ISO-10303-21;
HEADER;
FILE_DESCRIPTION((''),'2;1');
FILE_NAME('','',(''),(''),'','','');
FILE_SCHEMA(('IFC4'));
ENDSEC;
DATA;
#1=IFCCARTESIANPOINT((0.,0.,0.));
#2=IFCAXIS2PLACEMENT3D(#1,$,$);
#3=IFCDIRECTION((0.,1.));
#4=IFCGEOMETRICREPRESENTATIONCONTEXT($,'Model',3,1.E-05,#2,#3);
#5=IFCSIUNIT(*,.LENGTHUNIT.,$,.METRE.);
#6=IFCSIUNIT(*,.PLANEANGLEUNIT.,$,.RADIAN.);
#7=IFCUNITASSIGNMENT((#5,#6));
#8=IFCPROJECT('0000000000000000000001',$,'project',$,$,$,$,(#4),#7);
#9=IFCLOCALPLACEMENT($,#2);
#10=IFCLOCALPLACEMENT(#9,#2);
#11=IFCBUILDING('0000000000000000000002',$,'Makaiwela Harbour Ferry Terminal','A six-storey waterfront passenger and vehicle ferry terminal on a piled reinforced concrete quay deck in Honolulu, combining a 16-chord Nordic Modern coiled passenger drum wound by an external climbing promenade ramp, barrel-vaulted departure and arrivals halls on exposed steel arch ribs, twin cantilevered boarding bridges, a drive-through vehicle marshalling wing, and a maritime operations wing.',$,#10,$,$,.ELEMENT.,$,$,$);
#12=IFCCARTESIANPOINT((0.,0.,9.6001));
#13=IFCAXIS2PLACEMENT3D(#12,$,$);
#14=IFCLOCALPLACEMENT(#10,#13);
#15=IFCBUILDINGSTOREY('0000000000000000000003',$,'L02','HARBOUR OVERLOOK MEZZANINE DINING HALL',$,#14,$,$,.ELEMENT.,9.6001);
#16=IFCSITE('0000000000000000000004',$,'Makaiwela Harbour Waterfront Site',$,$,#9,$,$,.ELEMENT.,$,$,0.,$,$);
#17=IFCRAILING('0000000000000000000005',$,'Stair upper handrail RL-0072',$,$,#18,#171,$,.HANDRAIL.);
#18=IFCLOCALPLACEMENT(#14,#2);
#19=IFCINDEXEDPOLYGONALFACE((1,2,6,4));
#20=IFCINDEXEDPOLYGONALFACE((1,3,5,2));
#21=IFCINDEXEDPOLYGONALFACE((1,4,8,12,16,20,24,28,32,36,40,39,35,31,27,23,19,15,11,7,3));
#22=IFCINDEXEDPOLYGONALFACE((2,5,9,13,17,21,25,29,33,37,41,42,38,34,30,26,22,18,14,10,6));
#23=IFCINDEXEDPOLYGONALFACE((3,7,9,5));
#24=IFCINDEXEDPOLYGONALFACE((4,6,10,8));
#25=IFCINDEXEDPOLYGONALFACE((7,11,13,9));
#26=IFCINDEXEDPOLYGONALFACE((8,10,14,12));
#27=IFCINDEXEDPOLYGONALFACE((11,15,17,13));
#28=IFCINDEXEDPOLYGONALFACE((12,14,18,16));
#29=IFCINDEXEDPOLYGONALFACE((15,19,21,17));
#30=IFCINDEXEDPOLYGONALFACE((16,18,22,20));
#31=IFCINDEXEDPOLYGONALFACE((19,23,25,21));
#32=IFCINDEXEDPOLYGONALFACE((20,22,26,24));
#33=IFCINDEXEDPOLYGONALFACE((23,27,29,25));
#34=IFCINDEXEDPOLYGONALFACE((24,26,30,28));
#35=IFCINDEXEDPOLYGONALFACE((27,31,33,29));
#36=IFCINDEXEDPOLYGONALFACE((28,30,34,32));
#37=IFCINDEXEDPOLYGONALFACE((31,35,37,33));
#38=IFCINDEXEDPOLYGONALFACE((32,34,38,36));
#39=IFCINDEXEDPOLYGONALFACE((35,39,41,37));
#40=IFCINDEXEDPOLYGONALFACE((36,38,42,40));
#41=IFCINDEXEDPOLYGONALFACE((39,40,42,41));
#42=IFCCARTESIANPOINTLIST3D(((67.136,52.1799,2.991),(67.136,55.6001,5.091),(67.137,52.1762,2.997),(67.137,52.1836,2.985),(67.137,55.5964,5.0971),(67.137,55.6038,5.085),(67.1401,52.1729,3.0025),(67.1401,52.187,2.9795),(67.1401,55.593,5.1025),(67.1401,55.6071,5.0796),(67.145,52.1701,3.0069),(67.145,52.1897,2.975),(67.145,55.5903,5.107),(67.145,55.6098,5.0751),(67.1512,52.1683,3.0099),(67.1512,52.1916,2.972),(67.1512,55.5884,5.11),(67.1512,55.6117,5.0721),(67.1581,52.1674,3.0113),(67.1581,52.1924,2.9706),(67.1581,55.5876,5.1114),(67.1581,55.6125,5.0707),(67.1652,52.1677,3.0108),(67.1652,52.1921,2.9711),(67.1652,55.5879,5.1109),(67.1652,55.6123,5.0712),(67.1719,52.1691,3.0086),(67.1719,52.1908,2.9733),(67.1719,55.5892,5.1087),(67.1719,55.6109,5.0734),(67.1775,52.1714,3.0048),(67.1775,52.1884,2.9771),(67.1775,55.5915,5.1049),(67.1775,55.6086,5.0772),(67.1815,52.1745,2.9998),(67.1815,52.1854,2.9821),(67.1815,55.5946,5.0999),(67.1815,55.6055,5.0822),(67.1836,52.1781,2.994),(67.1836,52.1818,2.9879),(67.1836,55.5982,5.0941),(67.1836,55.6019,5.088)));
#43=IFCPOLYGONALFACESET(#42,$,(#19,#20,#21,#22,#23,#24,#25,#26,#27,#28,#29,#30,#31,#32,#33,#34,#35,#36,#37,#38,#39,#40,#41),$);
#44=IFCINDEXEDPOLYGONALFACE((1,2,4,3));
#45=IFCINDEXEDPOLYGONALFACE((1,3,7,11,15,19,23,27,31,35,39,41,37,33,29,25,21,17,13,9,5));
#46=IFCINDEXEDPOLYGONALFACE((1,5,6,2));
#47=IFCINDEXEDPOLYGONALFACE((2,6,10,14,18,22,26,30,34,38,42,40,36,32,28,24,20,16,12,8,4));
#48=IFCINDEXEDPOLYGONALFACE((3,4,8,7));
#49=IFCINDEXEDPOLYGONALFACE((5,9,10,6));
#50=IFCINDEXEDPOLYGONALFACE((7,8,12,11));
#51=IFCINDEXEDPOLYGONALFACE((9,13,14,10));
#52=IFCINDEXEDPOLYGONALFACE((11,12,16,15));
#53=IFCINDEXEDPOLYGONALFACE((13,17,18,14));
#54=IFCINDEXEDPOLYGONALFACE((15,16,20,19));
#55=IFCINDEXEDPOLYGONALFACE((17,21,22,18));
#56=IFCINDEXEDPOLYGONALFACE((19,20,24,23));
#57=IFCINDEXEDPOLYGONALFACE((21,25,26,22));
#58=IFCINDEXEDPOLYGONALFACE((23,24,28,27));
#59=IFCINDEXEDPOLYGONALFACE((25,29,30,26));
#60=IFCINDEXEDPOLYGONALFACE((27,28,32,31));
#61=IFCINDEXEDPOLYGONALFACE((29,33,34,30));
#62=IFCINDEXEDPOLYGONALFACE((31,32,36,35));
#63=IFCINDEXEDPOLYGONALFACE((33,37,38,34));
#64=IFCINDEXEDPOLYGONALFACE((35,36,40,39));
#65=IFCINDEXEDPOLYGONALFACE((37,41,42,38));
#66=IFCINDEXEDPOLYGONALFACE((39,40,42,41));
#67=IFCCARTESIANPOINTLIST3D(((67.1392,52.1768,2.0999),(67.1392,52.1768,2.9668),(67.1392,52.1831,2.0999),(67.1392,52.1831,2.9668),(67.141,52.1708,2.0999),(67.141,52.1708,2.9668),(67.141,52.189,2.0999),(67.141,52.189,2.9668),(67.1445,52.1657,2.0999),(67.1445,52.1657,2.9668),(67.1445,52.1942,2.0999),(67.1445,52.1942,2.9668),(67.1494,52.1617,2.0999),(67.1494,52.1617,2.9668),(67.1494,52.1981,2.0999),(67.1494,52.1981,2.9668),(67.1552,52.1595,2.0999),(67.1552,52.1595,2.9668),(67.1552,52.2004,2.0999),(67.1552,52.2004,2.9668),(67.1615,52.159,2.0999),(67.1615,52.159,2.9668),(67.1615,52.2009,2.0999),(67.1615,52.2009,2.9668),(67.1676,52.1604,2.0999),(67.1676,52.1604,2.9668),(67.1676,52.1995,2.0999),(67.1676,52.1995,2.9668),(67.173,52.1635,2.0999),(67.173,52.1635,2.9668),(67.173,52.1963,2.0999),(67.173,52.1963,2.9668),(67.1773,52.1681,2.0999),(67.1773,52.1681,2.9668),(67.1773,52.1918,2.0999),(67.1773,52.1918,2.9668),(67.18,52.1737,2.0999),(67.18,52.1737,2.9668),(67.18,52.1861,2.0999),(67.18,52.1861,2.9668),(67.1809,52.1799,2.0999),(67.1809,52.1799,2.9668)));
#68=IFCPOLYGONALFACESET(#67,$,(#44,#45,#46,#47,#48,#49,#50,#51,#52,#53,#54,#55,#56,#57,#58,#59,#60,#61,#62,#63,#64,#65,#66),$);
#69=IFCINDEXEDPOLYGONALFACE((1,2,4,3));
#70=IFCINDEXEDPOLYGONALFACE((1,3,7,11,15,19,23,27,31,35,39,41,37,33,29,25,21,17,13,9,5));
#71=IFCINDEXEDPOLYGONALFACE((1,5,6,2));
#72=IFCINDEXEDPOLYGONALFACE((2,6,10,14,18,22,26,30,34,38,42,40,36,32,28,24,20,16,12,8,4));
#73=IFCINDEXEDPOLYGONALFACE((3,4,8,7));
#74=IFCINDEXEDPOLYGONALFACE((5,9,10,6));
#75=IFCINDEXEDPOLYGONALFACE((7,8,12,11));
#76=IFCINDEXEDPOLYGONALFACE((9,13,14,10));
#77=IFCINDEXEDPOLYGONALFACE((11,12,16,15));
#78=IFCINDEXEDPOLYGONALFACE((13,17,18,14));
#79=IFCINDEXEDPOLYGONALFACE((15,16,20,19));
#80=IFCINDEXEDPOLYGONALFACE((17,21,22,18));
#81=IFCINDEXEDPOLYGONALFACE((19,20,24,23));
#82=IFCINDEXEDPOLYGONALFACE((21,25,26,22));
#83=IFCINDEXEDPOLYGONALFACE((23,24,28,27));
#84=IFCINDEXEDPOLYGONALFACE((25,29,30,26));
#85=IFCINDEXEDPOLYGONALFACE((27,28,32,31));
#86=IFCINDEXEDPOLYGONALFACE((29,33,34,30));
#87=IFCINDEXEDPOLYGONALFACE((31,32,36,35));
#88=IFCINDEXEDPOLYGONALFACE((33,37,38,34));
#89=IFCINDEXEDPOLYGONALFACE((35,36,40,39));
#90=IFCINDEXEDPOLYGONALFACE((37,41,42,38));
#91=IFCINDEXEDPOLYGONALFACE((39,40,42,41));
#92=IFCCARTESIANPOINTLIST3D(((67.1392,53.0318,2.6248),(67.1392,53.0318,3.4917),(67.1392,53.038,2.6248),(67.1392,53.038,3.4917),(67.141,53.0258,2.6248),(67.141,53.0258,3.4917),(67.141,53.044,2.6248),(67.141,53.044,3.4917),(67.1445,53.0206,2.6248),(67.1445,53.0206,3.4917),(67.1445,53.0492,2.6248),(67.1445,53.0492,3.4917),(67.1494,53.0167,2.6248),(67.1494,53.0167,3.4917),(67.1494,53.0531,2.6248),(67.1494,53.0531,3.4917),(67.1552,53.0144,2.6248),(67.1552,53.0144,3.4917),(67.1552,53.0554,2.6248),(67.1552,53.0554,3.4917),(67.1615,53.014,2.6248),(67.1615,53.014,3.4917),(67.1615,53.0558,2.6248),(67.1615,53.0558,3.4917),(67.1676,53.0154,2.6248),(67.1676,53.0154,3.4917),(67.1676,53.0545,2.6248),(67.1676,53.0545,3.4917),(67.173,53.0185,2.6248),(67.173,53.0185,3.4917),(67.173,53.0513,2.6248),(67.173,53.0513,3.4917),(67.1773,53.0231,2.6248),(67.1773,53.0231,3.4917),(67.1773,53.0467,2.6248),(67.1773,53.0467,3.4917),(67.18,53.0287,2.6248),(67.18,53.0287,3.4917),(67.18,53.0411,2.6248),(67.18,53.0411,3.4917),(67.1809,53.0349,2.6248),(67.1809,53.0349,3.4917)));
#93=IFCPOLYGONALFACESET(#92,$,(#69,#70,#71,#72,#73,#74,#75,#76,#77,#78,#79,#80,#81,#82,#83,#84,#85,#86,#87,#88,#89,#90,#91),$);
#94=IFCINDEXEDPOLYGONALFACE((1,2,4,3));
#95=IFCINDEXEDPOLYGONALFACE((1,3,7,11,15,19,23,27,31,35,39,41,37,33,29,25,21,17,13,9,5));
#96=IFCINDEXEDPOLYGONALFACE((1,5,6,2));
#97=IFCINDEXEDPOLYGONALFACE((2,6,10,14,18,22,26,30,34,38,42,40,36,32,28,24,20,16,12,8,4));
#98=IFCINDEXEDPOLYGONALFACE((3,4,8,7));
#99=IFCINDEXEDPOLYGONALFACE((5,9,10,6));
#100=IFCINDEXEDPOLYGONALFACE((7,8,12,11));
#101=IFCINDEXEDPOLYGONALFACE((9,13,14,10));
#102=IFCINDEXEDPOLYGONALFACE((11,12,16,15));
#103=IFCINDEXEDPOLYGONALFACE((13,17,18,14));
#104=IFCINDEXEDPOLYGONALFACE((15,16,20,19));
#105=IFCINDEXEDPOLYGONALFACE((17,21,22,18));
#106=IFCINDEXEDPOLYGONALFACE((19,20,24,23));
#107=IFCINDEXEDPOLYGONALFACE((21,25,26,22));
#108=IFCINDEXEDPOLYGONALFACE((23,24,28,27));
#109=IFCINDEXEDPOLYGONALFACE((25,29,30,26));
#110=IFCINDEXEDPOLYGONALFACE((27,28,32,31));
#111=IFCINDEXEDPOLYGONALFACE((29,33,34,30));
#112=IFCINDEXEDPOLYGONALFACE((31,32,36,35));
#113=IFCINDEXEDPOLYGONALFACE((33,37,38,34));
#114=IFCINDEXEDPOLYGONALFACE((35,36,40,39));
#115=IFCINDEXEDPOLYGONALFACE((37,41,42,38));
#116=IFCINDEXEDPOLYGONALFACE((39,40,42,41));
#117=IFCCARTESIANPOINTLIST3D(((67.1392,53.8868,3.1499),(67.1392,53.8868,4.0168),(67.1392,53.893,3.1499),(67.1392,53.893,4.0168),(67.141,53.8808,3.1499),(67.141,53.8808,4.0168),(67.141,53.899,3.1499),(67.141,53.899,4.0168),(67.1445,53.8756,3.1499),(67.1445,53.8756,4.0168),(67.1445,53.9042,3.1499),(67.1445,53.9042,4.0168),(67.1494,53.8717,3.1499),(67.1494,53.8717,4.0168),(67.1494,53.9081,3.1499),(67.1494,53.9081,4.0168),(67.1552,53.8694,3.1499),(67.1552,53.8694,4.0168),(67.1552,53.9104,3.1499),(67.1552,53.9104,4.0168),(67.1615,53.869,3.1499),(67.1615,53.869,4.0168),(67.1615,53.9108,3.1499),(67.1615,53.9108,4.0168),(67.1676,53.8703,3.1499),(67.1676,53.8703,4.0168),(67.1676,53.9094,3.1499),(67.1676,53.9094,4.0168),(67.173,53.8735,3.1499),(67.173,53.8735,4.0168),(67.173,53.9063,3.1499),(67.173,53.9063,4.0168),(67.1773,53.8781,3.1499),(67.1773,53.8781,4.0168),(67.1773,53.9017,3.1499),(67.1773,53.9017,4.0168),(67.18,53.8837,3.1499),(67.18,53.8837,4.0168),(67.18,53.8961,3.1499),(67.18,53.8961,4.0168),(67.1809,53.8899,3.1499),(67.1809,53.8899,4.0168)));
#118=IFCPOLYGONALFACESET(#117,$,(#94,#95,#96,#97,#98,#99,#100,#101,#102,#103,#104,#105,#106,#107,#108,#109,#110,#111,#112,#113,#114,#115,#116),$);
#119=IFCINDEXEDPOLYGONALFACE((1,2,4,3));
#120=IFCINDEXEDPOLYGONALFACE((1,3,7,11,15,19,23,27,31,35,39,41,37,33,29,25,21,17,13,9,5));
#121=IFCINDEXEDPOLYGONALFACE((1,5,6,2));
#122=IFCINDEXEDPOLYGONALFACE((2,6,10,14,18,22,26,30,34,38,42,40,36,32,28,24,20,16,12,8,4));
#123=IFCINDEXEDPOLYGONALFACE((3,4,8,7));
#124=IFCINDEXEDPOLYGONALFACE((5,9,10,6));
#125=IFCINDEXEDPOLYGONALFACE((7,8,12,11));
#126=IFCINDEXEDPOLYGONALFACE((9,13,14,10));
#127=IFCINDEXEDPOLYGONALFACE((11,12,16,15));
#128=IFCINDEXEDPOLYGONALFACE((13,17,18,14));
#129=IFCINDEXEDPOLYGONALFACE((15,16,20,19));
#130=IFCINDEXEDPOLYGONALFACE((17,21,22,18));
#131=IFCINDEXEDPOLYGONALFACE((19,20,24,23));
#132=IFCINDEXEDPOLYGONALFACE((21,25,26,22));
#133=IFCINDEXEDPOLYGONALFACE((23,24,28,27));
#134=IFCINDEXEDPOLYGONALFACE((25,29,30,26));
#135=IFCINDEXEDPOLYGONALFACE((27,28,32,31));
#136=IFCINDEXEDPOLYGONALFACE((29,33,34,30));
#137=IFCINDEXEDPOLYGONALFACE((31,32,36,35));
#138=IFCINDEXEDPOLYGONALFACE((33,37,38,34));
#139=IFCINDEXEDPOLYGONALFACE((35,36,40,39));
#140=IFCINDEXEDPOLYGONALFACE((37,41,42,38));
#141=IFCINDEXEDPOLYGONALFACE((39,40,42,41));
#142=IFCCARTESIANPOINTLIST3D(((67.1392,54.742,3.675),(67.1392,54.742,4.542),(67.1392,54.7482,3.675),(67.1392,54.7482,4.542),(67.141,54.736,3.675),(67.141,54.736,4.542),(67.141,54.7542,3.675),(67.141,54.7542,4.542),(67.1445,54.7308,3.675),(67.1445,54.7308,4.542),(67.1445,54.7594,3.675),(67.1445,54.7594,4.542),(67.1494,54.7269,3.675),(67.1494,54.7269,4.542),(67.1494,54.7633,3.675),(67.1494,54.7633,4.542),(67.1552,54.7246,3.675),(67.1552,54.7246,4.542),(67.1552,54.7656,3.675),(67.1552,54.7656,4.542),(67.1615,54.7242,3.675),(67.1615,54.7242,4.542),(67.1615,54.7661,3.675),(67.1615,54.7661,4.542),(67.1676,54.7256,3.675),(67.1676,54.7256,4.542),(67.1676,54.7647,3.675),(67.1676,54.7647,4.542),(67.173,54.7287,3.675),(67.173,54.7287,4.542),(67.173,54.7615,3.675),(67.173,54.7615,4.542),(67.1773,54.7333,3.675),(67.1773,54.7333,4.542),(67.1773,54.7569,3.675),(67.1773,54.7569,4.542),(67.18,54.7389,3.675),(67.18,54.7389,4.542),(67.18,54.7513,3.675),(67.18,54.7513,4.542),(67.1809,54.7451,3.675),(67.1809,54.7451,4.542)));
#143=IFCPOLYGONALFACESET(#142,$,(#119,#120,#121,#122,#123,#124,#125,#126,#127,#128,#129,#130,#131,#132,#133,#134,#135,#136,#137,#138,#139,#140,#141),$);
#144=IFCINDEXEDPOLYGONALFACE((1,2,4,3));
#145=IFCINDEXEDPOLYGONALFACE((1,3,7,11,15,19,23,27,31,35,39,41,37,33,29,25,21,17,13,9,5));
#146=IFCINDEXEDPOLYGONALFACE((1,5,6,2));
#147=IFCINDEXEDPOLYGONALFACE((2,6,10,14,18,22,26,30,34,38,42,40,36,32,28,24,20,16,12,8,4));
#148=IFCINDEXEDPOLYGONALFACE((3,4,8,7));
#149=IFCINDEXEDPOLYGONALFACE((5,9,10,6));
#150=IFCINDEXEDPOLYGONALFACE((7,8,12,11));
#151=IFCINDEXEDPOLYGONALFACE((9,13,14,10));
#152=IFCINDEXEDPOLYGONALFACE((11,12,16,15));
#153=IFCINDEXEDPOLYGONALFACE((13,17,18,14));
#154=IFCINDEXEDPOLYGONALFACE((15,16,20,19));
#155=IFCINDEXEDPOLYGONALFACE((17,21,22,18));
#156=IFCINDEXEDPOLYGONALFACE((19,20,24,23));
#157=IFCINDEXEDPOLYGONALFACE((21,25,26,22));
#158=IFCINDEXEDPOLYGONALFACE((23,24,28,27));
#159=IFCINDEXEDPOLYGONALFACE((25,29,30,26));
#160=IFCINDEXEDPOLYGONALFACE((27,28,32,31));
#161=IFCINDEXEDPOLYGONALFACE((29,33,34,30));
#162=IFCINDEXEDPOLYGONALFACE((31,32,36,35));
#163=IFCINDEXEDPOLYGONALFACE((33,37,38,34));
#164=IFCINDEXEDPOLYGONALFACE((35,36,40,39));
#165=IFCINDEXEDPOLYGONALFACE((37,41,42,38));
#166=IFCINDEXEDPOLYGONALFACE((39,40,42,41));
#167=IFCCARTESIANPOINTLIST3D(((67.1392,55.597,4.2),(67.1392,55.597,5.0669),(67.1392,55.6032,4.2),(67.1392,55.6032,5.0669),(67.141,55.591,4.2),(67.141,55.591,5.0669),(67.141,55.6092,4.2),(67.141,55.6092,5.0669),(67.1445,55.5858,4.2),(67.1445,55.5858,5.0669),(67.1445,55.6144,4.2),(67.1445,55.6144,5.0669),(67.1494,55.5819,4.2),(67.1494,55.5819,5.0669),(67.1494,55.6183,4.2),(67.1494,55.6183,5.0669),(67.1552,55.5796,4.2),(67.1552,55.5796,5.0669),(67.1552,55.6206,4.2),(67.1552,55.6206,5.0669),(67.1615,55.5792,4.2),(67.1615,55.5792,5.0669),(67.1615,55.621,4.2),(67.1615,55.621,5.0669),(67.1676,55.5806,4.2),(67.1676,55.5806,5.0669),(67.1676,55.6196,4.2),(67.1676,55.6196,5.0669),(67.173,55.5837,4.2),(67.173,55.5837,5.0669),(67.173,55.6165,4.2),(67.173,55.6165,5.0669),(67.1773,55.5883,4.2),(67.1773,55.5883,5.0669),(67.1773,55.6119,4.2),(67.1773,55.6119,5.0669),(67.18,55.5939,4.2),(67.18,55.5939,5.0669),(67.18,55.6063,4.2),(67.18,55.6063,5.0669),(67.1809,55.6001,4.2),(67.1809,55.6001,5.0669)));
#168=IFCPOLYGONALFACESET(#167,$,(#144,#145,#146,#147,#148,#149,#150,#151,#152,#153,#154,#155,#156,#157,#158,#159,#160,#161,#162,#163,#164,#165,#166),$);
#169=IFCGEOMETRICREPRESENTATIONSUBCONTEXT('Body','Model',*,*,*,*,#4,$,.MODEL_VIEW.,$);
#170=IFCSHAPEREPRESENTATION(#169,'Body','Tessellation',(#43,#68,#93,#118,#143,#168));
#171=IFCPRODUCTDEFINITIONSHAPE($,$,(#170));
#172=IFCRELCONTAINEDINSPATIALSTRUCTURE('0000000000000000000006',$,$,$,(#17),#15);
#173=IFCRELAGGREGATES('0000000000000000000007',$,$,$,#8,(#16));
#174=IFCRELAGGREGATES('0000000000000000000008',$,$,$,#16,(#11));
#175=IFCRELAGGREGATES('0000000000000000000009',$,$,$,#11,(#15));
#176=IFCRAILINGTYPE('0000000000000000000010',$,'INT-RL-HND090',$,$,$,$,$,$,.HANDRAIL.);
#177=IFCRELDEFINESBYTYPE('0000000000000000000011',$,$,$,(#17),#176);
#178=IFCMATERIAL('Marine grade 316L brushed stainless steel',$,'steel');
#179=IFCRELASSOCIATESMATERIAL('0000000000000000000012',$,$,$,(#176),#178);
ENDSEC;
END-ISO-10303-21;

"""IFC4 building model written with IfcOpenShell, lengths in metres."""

from ifc_helpers import new_model, si_unit, direction, frame, origin, origin_2d, place, context, subcontext, project, spatial, circle, extrude, material, type_object, element, save


model = new_model("IFC4")

# Units and contexts
model_context = context("Model", 3, precision=1e-05, world=origin(), true_north=direction((0.0, 1.0)))
body_context = subcontext(model_context, "Body", "Model", "MODEL_VIEW")
ifc_project = project(units=[si_unit("LENGTHUNIT", "METRE"), si_unit("PLANEANGLEUNIT", "RADIAN")], contexts=[model_context])

# Site, building, storey
site_placement = place(None, origin())
site = spatial("IfcSite", under=ifc_project, at=site_placement, Name="Makaiwela Harbour Waterfront Site", CompositionType="ELEMENT", RefElevation=0.0)
building_placement = place(site_placement, origin())
building = spatial("IfcBuilding", under=site, at=building_placement, Name="Makaiwela Harbour Ferry Terminal", Description="A six-storey waterfront passenger and vehicle ferry terminal on a piled reinforced concrete quay deck in Honolulu, combining a 16-chord Nordic Modern coiled passenger drum wound by an external climbing promenade ramp, barrel-vaulted departure and arrivals halls on exposed steel arch ribs, twin cantilevered boarding bridges, a drive-through vehicle marshalling wing, and a maritime operations wing.", CompositionType="ELEMENT")
storey_placement = place(building_placement, frame((0.0, 0.0, 9.6001)))
storey = spatial("IfcBuildingStorey", under=building, at=storey_placement, Name="L02", Description="HARBOUR OVERLOOK MEZZANINE DINING HALL", CompositionType="ELEMENT", Elevation=9.6001)

# Railing
ifc_material_1 = material(Name="Marine grade 316L brushed stainless steel", Category="steel")
railing_type_1 = type_object("IfcRailingType", Name="INT-RL-HND090", PredefinedType="HANDRAIL", material=ifc_material_1)
railing_1_placement = place(storey_placement, frame((67.1599, 52.1799, 2.0999)))
element("IfcRailing", 1, at=railing_1_placement, inside=storey, type_object=railing_type_1, Name="Stair upper handrail RL-0072", PredefinedType="HANDRAIL", context=body_context, shape_type="SweptSolid", body=[
    extrude(circle(Radius=0.0239, at=origin_2d()), frame((0.0, 0.0, 0.8911), z_axis=(0.0, 0.852172, 0.523262), x_axis=(-1.0, 0.0, 0.0)), (0.0, 0.0, 1.0), 4.0134),
    extrude(circle(Radius=0.021, at=origin_2d()), origin(), (0.0, 0.0, 1.0), 0.8669),
    extrude(circle(Radius=0.021, at=origin_2d()), frame((0.0, 0.855, 0.5249)), (0.0, 0.0, 1.0), 0.8669),
    extrude(circle(Radius=0.021, at=origin_2d()), frame((0.0, 1.71, 1.05)), (0.0, 0.0, 1.0), 0.8669),
    extrude(circle(Radius=0.021, at=origin_2d()), frame((0.0, 2.5652, 1.5752)), (0.0, 0.0, 1.0), 0.8669),
    extrude(circle(Radius=0.021, at=origin_2d()), frame((0.0, 3.4202, 2.1001)), (0.0, 0.0, 1.0), 0.8669),
])

save(model, "model.ifc")
